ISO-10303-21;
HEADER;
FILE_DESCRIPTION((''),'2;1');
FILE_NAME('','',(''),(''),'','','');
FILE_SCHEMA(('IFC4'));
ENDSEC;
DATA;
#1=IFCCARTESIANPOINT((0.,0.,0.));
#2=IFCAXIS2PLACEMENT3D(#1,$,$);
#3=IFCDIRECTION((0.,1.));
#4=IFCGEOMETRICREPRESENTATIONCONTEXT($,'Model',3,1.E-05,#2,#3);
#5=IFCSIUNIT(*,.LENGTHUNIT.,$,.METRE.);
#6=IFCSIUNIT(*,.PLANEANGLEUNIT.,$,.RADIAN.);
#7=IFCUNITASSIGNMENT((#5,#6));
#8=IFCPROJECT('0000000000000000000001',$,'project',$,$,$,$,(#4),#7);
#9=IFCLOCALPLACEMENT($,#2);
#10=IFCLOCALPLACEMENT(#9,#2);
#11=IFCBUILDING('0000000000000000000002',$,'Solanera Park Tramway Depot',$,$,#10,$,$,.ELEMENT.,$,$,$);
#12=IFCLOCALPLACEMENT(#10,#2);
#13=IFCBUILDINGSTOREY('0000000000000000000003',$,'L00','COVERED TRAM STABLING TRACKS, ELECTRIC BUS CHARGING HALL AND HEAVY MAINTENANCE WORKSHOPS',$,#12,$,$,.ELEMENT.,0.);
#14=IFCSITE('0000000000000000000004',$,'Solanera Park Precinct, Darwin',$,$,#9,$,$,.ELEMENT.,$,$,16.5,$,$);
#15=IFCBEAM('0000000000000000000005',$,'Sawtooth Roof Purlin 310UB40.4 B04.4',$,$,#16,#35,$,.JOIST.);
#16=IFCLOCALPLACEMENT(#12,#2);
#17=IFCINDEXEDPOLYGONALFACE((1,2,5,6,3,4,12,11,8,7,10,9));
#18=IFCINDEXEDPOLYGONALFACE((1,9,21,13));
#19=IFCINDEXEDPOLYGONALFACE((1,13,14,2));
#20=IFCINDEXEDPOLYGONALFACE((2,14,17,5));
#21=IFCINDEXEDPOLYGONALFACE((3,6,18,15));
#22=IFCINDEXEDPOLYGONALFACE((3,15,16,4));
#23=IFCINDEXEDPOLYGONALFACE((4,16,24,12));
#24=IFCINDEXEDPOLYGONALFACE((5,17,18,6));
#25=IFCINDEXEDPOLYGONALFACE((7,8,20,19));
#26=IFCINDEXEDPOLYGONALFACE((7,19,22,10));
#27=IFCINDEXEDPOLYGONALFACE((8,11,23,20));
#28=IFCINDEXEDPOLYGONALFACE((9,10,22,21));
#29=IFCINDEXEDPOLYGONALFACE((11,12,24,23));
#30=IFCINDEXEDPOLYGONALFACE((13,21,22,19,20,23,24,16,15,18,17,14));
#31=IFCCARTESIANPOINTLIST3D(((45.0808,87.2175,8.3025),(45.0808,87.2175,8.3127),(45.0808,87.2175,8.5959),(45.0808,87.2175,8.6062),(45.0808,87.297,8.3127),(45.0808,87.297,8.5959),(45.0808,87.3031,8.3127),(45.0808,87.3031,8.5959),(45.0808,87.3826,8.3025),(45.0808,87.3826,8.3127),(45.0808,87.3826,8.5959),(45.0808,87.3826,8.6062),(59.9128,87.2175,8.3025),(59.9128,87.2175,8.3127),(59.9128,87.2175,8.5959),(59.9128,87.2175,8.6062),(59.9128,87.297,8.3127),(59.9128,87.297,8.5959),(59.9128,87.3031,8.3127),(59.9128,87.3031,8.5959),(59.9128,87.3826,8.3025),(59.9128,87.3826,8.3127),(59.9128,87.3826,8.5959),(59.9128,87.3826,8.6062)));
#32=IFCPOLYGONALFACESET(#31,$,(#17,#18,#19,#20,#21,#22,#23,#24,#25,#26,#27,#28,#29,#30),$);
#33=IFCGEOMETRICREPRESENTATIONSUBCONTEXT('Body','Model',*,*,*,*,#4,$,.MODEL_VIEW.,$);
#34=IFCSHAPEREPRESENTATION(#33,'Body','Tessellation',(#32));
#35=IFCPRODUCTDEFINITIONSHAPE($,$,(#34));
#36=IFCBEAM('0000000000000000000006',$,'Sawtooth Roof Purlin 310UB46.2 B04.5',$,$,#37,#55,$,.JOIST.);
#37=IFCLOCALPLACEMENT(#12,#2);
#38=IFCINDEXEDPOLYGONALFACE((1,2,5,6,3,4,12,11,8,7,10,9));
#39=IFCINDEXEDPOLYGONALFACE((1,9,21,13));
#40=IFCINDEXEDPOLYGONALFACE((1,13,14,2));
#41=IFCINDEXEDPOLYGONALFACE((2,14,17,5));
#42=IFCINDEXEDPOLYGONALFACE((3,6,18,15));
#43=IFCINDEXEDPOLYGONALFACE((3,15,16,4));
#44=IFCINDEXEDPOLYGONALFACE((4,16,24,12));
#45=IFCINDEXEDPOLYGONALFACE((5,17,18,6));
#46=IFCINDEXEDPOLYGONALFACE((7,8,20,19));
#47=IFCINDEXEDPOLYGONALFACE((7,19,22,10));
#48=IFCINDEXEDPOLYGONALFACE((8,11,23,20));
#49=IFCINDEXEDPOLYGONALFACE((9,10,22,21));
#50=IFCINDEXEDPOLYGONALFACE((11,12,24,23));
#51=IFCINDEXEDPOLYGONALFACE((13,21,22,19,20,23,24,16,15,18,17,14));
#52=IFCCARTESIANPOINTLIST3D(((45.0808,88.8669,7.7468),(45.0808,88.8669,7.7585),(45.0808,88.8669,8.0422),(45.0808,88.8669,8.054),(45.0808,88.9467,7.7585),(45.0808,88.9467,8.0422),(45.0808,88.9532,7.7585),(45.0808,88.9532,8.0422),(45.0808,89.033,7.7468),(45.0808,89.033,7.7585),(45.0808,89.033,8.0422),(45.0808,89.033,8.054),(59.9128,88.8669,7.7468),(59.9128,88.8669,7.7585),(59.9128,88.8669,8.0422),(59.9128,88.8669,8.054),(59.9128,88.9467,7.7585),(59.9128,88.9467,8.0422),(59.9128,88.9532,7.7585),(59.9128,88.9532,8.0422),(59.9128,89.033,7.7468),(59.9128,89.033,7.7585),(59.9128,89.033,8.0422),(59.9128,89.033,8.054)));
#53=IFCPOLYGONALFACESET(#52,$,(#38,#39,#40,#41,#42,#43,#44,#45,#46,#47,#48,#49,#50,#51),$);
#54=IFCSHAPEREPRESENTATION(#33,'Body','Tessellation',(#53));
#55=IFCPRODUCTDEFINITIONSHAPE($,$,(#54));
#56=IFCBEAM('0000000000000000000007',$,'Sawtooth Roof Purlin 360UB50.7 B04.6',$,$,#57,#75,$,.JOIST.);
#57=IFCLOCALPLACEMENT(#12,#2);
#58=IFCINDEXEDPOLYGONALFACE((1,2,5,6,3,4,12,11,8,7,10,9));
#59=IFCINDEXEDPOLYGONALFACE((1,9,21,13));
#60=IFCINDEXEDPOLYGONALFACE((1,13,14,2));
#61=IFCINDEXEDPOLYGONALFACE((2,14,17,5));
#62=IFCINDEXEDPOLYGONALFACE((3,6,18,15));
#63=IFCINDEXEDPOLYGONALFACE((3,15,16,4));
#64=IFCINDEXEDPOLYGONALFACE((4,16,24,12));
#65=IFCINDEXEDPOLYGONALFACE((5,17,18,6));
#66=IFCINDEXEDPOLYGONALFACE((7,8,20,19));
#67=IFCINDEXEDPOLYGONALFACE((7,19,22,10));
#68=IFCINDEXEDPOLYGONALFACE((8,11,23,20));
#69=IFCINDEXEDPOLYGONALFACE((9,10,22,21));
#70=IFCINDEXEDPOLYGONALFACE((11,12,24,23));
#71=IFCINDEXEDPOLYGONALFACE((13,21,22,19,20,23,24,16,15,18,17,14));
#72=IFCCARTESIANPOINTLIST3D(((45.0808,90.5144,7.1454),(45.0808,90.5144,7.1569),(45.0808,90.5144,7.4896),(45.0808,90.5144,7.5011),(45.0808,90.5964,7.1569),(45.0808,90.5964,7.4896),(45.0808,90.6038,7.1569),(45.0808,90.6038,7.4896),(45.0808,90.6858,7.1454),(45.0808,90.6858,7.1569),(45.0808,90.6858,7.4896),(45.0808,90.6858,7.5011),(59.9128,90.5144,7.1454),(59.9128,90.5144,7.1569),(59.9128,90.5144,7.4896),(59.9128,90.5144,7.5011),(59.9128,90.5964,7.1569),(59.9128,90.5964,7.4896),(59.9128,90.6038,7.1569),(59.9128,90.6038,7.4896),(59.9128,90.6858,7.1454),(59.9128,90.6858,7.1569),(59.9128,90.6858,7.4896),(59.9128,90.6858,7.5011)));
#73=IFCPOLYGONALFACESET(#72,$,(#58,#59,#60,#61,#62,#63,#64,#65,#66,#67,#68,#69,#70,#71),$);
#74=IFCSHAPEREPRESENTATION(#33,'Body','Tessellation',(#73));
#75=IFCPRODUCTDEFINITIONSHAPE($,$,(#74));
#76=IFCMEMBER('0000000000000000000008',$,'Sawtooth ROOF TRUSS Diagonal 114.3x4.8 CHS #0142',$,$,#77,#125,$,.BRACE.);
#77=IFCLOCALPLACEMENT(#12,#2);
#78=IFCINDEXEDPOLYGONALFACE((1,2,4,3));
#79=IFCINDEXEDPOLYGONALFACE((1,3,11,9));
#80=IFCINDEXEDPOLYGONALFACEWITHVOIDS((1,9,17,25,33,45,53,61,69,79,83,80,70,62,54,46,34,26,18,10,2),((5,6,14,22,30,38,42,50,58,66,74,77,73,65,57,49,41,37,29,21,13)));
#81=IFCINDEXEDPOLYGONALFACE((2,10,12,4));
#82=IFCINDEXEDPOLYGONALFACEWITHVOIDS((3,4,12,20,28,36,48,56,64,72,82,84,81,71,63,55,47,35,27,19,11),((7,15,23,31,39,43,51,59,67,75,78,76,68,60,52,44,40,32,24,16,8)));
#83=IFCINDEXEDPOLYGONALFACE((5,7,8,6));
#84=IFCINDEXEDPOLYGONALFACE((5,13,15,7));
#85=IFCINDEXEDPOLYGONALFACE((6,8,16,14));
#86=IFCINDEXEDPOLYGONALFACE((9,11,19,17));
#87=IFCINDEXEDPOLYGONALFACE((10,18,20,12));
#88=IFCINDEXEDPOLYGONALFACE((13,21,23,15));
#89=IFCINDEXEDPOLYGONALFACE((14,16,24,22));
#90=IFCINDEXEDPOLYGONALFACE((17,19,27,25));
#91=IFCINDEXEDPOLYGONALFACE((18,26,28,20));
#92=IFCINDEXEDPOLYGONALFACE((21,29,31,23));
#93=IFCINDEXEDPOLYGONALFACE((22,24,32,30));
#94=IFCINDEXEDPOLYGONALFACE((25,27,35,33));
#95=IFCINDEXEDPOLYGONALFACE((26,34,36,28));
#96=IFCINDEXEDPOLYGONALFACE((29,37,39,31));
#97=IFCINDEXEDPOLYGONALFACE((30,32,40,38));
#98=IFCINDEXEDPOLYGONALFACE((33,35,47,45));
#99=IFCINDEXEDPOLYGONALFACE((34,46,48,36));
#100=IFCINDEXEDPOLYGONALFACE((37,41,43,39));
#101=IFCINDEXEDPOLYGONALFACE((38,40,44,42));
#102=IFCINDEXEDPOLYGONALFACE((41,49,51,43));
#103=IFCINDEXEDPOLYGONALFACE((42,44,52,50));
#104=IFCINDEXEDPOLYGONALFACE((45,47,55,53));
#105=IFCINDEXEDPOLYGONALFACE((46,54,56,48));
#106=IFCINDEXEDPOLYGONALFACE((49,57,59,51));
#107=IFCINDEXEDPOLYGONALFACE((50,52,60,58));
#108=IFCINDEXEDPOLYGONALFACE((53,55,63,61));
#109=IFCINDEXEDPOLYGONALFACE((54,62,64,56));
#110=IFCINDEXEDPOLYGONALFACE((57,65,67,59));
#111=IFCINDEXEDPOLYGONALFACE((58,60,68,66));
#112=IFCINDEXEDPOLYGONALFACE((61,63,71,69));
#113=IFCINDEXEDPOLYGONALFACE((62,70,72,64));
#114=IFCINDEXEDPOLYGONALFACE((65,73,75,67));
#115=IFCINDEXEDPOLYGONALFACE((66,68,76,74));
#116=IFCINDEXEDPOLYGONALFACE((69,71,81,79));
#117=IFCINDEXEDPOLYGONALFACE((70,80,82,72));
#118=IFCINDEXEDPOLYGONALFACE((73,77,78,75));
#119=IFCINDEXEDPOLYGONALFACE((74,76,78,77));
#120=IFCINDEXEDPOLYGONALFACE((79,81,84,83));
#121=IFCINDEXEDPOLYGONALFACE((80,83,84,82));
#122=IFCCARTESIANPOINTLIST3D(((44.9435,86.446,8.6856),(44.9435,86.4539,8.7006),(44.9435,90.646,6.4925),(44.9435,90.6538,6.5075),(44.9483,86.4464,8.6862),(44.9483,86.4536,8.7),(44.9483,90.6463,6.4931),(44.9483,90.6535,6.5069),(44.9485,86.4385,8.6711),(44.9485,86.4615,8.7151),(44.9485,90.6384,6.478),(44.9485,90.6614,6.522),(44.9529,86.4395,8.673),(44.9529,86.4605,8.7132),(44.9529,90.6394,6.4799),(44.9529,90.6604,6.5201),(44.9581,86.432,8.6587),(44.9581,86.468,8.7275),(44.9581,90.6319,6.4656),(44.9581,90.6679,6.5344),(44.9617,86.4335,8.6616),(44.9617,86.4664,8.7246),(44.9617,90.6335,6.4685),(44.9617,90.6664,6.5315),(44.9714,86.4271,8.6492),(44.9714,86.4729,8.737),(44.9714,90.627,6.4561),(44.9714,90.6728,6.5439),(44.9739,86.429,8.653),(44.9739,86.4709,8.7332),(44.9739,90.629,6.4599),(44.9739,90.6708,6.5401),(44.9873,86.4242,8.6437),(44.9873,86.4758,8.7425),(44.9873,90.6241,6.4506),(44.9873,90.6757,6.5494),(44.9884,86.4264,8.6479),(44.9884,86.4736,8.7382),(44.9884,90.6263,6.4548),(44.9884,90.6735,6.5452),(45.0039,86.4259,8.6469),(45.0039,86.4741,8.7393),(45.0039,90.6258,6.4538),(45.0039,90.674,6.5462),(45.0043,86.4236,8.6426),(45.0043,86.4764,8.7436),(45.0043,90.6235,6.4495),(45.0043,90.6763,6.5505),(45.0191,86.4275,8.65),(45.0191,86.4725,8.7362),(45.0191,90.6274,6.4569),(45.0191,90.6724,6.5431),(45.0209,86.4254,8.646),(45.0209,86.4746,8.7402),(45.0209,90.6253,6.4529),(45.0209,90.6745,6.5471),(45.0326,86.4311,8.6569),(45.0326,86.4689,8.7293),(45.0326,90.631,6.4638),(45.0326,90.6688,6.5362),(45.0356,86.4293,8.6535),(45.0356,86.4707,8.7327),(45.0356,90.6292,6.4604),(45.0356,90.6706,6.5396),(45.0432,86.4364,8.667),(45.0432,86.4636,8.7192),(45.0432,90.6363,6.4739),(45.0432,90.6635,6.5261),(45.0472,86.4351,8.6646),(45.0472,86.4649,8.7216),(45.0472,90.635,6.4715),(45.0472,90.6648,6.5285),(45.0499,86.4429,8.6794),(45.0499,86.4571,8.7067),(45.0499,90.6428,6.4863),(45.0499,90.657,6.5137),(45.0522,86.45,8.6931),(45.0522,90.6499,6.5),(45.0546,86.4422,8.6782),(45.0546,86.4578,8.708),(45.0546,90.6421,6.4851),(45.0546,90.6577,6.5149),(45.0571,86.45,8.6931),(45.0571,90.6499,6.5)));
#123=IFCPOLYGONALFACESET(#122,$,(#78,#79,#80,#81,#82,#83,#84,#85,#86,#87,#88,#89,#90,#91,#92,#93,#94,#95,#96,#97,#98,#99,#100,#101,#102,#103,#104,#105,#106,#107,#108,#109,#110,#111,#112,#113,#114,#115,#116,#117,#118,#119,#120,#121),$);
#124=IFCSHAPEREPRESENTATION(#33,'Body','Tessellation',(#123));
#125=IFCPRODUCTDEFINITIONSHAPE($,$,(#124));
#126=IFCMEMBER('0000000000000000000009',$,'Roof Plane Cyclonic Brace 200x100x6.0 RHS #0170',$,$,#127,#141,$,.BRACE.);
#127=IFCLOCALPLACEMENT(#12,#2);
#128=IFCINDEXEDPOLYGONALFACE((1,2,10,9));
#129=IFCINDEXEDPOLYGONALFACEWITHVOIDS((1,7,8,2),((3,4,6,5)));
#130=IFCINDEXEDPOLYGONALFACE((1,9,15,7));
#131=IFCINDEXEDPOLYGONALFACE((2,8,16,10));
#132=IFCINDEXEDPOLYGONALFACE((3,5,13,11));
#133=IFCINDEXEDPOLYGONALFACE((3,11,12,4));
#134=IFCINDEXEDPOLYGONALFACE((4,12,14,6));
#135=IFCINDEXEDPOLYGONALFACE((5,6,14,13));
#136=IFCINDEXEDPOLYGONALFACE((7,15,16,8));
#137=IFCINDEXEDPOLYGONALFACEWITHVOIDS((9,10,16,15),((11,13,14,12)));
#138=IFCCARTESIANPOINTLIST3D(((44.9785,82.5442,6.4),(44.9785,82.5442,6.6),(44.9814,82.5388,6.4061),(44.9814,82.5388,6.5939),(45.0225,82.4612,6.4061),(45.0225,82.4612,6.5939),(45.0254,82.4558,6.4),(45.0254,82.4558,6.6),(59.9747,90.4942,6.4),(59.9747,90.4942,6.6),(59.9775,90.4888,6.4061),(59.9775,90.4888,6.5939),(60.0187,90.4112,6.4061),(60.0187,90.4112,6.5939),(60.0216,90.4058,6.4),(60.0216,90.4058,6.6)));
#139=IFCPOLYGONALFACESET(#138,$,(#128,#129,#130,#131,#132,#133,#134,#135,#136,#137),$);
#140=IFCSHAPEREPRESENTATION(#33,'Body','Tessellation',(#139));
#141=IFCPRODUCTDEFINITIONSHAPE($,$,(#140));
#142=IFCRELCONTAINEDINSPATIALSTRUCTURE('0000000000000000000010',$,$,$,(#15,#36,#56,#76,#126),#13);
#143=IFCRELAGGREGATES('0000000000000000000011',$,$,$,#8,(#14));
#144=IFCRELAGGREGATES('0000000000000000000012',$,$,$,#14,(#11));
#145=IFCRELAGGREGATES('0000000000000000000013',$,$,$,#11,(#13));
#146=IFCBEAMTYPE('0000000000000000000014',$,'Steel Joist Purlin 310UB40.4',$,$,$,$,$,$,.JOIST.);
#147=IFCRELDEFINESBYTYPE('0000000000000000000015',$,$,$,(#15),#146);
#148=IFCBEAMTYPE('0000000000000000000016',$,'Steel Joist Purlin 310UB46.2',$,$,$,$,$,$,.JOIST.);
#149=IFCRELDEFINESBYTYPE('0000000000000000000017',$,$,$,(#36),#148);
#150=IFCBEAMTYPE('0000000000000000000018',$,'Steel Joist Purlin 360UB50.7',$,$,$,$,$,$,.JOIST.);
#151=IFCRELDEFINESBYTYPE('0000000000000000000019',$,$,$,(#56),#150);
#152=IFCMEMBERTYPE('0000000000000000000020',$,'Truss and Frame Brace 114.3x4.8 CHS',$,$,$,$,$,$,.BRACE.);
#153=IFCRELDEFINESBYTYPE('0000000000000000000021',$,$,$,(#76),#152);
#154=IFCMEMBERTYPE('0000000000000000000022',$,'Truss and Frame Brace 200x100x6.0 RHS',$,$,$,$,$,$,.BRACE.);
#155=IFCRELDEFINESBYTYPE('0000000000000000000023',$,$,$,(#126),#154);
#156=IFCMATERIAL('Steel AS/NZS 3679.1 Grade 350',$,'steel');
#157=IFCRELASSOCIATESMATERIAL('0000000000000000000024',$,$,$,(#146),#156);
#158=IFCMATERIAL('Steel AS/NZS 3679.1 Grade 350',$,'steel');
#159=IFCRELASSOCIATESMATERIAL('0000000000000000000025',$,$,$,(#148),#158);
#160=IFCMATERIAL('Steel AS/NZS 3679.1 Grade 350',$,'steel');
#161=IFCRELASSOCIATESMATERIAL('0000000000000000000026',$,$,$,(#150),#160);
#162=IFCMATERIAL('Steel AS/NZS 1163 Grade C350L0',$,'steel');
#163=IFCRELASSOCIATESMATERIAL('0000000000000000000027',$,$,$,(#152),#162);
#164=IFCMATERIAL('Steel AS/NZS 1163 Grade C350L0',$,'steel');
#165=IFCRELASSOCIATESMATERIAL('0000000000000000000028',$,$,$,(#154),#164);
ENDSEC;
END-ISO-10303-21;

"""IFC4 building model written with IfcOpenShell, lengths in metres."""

from ifc_helpers import new_model, si_unit, direction, frame, origin, origin_2d, place, context, subcontext, project, spatial, hollow_rectangle, hollow_circle, i_section, extrude, material, material_profile, profile_set, type_object, element, save


model = new_model("IFC4")

# Units and contexts
model_context = context("Model", 3, precision=1e-05, world=origin(), true_north=direction((0.0, 1.0)))
body_context = subcontext(model_context, "Body", "Model", "MODEL_VIEW")
ifc_project = project(units=[si_unit("LENGTHUNIT", "METRE"), si_unit("PLANEANGLEUNIT", "RADIAN")], contexts=[model_context])

# Site, building, storey
site_placement = place(None, origin())
site = spatial("IfcSite", under=ifc_project, at=site_placement, Name="Solanera Park Precinct, Darwin", CompositionType="ELEMENT", RefElevation=16.5)
building_placement = place(site_placement, origin())
building = spatial("IfcBuilding", under=site, at=building_placement, Name="Solanera Park Tramway Depot", CompositionType="ELEMENT")
storey_placement = place(building_placement, origin())
storey = spatial("IfcBuildingStorey", under=building, at=storey_placement, Name="L00", Description="COVERED TRAM STABLING TRACKS, ELECTRIC BUS CHARGING HALL AND HEAVY MAINTENANCE WORKSHOPS", CompositionType="ELEMENT", Elevation=0.0)

# Beams
ifc_material_1 = material(Name="Steel AS/NZS 3679.1 Grade 350", Category="steel")
ifc_material_profile_1 = material_profile(ifc_material_1, i_section(OverallWidth=0.165, OverallDepth=0.3037, WebThickness=0.0061, FlangeThickness=0.0103, at=origin_2d()), Name="310UB40.4")
ifc_profile_set_1 = profile_set([ifc_material_profile_1], Name="Steel AS/NZS 3679.1 Grade 350")
beam_type_1 = type_object("IfcBeamType", Name="Steel Joist Purlin 310UB40.4", PredefinedType="JOIST", material=ifc_profile_set_1)
beam_1_placement = place(storey_placement, frame((45.0808, 87.3, 8.4543), z_axis=(1.0, 0.0, 0.0), x_axis=(0.0, 1.0, 0.0)))
element("IfcBeam", 1, at=beam_1_placement, inside=storey, type_object=beam_type_1, Name="Sawtooth Roof Purlin 310UB40.4 B04.4", PredefinedType="JOIST", context=body_context, shape_type="SweptSolid", body=[
    extrude(i_section(OverallWidth=0.165, OverallDepth=0.3037, WebThickness=0.0061, FlangeThickness=0.0103, at=origin_2d()), origin(), (0.0, 0.0, 1.0), 14.832),
])
ifc_material_2 = material(Name="Steel AS/NZS 3679.1 Grade 350", Category="steel")
ifc_material_profile_2 = material_profile(ifc_material_2, i_section(OverallWidth=0.166, OverallDepth=0.3071, WebThickness=0.0066, FlangeThickness=0.0117, at=origin_2d()), Name="310UB46.2")
ifc_profile_set_2 = profile_set([ifc_material_profile_2], Name="Steel AS/NZS 3679.1 Grade 350")
beam_type_2 = type_object("IfcBeamType", Name="Steel Joist Purlin 310UB46.2", PredefinedType="JOIST", material=ifc_profile_set_2)
beam_2_placement = place(storey_placement, frame((45.0808, 88.95, 7.9004), z_axis=(1.0, 0.0, 0.0), x_axis=(0.0, 1.0, 0.0)))
element("IfcBeam", 2, at=beam_2_placement, inside=storey, type_object=beam_type_2, Name="Sawtooth Roof Purlin 310UB46.2 B04.5", PredefinedType="JOIST", context=body_context, shape_type="SweptSolid", body=[
    extrude(i_section(OverallWidth=0.166, OverallDepth=0.3071, WebThickness=0.0066, FlangeThickness=0.0117, at=origin_2d()), origin(), (0.0, 0.0, 1.0), 14.832),
])
ifc_material_3 = material(Name="Steel AS/NZS 3679.1 Grade 350", Category="steel")
ifc_material_profile_3 = material_profile(ifc_material_3, i_section(OverallWidth=0.1714, OverallDepth=0.3557, WebThickness=0.0073, FlangeThickness=0.0115, at=origin_2d()), Name="360UB50.7")
ifc_profile_set_3 = profile_set([ifc_material_profile_3], Name="Steel AS/NZS 3679.1 Grade 350")
beam_type_3 = type_object("IfcBeamType", Name="Steel Joist Purlin 360UB50.7", PredefinedType="JOIST", material=ifc_profile_set_3)
beam_3_placement = place(storey_placement, frame((45.0808, 90.6001, 7.3232), z_axis=(1.0, 0.0, 0.0), x_axis=(0.0, 1.0, 0.0)))
element("IfcBeam", 3, at=beam_3_placement, inside=storey, type_object=beam_type_3, Name="Sawtooth Roof Purlin 360UB50.7 B04.6", PredefinedType="JOIST", context=body_context, shape_type="SweptSolid", body=[
    extrude(i_section(OverallWidth=0.1714, OverallDepth=0.3557, WebThickness=0.0073, FlangeThickness=0.0115, at=origin_2d()), origin(), (0.0, 0.0, 1.0), 14.832),
])

# Members
ifc_material_4 = material(Name="Steel AS/NZS 1163 Grade C350L0", Category="steel")
ifc_material_profile_4 = material_profile(ifc_material_4, hollow_circle(Radius=0.0571, WallThickness=0.0049, at=origin_2d()), Name="114.3x4.8 CHS")
ifc_profile_set_4 = profile_set([ifc_material_profile_4], Name="Steel AS/NZS 1163 Grade C350L0")
member_type_1 = type_object("IfcMemberType", Name="Truss and Frame Brace 114.3x4.8 CHS", PredefinedType="BRACE", material=ifc_profile_set_4)
member_1_placement = place(storey_placement, frame((45.0, 90.6499, 6.5), z_axis=(0.0, -0.886426, 0.462871), x_axis=(1.0, 0.0, 0.0)))
element("IfcMember", 4, at=member_1_placement, inside=storey, type_object=member_type_1, Name="Sawtooth ROOF TRUSS Diagonal 114.3x4.8 CHS #0142", PredefinedType="BRACE", context=body_context, shape_type="SweptSolid", body=[
    extrude(hollow_circle(Radius=0.0571, WallThickness=0.0049, at=origin_2d()), origin(), (0.0, 0.0, 1.0), 4.738),
])
ifc_material_5 = material(Name="Steel AS/NZS 1163 Grade C350L0", Category="steel")
ifc_material_profile_5 = material_profile(ifc_material_5, hollow_rectangle(XDim=0.1001, YDim=0.2, WallThickness=0.0061, at=origin_2d()), Name="200x100x6.0 RHS")
ifc_profile_set_5 = profile_set([ifc_material_profile_5], Name="Steel AS/NZS 1163 Grade C350L0")
member_type_2 = type_object("IfcMemberType", Name="Truss and Frame Brace 200x100x6.0 RHS", PredefinedType="BRACE", material=ifc_profile_set_5)
member_2_placement = place(storey_placement, frame((45.002, 82.5, 6.5), z_axis=(0.883524, 0.468387, 0.0), x_axis=(-0.468387, 0.883524, 0.0)))
element("IfcMember", 5, at=member_2_placement, inside=storey, type_object=member_type_2, Name="Roof Plane Cyclonic Brace 200x100x6.0 RHS #0170", PredefinedType="BRACE", context=body_context, shape_type="SweptSolid", body=[
    extrude(hollow_rectangle(XDim=0.1001, YDim=0.2, WallThickness=0.0061, at=origin_2d()), origin(), (0.0, 0.0, 1.0), 16.9731),
])

save(model, "model.ifc")
